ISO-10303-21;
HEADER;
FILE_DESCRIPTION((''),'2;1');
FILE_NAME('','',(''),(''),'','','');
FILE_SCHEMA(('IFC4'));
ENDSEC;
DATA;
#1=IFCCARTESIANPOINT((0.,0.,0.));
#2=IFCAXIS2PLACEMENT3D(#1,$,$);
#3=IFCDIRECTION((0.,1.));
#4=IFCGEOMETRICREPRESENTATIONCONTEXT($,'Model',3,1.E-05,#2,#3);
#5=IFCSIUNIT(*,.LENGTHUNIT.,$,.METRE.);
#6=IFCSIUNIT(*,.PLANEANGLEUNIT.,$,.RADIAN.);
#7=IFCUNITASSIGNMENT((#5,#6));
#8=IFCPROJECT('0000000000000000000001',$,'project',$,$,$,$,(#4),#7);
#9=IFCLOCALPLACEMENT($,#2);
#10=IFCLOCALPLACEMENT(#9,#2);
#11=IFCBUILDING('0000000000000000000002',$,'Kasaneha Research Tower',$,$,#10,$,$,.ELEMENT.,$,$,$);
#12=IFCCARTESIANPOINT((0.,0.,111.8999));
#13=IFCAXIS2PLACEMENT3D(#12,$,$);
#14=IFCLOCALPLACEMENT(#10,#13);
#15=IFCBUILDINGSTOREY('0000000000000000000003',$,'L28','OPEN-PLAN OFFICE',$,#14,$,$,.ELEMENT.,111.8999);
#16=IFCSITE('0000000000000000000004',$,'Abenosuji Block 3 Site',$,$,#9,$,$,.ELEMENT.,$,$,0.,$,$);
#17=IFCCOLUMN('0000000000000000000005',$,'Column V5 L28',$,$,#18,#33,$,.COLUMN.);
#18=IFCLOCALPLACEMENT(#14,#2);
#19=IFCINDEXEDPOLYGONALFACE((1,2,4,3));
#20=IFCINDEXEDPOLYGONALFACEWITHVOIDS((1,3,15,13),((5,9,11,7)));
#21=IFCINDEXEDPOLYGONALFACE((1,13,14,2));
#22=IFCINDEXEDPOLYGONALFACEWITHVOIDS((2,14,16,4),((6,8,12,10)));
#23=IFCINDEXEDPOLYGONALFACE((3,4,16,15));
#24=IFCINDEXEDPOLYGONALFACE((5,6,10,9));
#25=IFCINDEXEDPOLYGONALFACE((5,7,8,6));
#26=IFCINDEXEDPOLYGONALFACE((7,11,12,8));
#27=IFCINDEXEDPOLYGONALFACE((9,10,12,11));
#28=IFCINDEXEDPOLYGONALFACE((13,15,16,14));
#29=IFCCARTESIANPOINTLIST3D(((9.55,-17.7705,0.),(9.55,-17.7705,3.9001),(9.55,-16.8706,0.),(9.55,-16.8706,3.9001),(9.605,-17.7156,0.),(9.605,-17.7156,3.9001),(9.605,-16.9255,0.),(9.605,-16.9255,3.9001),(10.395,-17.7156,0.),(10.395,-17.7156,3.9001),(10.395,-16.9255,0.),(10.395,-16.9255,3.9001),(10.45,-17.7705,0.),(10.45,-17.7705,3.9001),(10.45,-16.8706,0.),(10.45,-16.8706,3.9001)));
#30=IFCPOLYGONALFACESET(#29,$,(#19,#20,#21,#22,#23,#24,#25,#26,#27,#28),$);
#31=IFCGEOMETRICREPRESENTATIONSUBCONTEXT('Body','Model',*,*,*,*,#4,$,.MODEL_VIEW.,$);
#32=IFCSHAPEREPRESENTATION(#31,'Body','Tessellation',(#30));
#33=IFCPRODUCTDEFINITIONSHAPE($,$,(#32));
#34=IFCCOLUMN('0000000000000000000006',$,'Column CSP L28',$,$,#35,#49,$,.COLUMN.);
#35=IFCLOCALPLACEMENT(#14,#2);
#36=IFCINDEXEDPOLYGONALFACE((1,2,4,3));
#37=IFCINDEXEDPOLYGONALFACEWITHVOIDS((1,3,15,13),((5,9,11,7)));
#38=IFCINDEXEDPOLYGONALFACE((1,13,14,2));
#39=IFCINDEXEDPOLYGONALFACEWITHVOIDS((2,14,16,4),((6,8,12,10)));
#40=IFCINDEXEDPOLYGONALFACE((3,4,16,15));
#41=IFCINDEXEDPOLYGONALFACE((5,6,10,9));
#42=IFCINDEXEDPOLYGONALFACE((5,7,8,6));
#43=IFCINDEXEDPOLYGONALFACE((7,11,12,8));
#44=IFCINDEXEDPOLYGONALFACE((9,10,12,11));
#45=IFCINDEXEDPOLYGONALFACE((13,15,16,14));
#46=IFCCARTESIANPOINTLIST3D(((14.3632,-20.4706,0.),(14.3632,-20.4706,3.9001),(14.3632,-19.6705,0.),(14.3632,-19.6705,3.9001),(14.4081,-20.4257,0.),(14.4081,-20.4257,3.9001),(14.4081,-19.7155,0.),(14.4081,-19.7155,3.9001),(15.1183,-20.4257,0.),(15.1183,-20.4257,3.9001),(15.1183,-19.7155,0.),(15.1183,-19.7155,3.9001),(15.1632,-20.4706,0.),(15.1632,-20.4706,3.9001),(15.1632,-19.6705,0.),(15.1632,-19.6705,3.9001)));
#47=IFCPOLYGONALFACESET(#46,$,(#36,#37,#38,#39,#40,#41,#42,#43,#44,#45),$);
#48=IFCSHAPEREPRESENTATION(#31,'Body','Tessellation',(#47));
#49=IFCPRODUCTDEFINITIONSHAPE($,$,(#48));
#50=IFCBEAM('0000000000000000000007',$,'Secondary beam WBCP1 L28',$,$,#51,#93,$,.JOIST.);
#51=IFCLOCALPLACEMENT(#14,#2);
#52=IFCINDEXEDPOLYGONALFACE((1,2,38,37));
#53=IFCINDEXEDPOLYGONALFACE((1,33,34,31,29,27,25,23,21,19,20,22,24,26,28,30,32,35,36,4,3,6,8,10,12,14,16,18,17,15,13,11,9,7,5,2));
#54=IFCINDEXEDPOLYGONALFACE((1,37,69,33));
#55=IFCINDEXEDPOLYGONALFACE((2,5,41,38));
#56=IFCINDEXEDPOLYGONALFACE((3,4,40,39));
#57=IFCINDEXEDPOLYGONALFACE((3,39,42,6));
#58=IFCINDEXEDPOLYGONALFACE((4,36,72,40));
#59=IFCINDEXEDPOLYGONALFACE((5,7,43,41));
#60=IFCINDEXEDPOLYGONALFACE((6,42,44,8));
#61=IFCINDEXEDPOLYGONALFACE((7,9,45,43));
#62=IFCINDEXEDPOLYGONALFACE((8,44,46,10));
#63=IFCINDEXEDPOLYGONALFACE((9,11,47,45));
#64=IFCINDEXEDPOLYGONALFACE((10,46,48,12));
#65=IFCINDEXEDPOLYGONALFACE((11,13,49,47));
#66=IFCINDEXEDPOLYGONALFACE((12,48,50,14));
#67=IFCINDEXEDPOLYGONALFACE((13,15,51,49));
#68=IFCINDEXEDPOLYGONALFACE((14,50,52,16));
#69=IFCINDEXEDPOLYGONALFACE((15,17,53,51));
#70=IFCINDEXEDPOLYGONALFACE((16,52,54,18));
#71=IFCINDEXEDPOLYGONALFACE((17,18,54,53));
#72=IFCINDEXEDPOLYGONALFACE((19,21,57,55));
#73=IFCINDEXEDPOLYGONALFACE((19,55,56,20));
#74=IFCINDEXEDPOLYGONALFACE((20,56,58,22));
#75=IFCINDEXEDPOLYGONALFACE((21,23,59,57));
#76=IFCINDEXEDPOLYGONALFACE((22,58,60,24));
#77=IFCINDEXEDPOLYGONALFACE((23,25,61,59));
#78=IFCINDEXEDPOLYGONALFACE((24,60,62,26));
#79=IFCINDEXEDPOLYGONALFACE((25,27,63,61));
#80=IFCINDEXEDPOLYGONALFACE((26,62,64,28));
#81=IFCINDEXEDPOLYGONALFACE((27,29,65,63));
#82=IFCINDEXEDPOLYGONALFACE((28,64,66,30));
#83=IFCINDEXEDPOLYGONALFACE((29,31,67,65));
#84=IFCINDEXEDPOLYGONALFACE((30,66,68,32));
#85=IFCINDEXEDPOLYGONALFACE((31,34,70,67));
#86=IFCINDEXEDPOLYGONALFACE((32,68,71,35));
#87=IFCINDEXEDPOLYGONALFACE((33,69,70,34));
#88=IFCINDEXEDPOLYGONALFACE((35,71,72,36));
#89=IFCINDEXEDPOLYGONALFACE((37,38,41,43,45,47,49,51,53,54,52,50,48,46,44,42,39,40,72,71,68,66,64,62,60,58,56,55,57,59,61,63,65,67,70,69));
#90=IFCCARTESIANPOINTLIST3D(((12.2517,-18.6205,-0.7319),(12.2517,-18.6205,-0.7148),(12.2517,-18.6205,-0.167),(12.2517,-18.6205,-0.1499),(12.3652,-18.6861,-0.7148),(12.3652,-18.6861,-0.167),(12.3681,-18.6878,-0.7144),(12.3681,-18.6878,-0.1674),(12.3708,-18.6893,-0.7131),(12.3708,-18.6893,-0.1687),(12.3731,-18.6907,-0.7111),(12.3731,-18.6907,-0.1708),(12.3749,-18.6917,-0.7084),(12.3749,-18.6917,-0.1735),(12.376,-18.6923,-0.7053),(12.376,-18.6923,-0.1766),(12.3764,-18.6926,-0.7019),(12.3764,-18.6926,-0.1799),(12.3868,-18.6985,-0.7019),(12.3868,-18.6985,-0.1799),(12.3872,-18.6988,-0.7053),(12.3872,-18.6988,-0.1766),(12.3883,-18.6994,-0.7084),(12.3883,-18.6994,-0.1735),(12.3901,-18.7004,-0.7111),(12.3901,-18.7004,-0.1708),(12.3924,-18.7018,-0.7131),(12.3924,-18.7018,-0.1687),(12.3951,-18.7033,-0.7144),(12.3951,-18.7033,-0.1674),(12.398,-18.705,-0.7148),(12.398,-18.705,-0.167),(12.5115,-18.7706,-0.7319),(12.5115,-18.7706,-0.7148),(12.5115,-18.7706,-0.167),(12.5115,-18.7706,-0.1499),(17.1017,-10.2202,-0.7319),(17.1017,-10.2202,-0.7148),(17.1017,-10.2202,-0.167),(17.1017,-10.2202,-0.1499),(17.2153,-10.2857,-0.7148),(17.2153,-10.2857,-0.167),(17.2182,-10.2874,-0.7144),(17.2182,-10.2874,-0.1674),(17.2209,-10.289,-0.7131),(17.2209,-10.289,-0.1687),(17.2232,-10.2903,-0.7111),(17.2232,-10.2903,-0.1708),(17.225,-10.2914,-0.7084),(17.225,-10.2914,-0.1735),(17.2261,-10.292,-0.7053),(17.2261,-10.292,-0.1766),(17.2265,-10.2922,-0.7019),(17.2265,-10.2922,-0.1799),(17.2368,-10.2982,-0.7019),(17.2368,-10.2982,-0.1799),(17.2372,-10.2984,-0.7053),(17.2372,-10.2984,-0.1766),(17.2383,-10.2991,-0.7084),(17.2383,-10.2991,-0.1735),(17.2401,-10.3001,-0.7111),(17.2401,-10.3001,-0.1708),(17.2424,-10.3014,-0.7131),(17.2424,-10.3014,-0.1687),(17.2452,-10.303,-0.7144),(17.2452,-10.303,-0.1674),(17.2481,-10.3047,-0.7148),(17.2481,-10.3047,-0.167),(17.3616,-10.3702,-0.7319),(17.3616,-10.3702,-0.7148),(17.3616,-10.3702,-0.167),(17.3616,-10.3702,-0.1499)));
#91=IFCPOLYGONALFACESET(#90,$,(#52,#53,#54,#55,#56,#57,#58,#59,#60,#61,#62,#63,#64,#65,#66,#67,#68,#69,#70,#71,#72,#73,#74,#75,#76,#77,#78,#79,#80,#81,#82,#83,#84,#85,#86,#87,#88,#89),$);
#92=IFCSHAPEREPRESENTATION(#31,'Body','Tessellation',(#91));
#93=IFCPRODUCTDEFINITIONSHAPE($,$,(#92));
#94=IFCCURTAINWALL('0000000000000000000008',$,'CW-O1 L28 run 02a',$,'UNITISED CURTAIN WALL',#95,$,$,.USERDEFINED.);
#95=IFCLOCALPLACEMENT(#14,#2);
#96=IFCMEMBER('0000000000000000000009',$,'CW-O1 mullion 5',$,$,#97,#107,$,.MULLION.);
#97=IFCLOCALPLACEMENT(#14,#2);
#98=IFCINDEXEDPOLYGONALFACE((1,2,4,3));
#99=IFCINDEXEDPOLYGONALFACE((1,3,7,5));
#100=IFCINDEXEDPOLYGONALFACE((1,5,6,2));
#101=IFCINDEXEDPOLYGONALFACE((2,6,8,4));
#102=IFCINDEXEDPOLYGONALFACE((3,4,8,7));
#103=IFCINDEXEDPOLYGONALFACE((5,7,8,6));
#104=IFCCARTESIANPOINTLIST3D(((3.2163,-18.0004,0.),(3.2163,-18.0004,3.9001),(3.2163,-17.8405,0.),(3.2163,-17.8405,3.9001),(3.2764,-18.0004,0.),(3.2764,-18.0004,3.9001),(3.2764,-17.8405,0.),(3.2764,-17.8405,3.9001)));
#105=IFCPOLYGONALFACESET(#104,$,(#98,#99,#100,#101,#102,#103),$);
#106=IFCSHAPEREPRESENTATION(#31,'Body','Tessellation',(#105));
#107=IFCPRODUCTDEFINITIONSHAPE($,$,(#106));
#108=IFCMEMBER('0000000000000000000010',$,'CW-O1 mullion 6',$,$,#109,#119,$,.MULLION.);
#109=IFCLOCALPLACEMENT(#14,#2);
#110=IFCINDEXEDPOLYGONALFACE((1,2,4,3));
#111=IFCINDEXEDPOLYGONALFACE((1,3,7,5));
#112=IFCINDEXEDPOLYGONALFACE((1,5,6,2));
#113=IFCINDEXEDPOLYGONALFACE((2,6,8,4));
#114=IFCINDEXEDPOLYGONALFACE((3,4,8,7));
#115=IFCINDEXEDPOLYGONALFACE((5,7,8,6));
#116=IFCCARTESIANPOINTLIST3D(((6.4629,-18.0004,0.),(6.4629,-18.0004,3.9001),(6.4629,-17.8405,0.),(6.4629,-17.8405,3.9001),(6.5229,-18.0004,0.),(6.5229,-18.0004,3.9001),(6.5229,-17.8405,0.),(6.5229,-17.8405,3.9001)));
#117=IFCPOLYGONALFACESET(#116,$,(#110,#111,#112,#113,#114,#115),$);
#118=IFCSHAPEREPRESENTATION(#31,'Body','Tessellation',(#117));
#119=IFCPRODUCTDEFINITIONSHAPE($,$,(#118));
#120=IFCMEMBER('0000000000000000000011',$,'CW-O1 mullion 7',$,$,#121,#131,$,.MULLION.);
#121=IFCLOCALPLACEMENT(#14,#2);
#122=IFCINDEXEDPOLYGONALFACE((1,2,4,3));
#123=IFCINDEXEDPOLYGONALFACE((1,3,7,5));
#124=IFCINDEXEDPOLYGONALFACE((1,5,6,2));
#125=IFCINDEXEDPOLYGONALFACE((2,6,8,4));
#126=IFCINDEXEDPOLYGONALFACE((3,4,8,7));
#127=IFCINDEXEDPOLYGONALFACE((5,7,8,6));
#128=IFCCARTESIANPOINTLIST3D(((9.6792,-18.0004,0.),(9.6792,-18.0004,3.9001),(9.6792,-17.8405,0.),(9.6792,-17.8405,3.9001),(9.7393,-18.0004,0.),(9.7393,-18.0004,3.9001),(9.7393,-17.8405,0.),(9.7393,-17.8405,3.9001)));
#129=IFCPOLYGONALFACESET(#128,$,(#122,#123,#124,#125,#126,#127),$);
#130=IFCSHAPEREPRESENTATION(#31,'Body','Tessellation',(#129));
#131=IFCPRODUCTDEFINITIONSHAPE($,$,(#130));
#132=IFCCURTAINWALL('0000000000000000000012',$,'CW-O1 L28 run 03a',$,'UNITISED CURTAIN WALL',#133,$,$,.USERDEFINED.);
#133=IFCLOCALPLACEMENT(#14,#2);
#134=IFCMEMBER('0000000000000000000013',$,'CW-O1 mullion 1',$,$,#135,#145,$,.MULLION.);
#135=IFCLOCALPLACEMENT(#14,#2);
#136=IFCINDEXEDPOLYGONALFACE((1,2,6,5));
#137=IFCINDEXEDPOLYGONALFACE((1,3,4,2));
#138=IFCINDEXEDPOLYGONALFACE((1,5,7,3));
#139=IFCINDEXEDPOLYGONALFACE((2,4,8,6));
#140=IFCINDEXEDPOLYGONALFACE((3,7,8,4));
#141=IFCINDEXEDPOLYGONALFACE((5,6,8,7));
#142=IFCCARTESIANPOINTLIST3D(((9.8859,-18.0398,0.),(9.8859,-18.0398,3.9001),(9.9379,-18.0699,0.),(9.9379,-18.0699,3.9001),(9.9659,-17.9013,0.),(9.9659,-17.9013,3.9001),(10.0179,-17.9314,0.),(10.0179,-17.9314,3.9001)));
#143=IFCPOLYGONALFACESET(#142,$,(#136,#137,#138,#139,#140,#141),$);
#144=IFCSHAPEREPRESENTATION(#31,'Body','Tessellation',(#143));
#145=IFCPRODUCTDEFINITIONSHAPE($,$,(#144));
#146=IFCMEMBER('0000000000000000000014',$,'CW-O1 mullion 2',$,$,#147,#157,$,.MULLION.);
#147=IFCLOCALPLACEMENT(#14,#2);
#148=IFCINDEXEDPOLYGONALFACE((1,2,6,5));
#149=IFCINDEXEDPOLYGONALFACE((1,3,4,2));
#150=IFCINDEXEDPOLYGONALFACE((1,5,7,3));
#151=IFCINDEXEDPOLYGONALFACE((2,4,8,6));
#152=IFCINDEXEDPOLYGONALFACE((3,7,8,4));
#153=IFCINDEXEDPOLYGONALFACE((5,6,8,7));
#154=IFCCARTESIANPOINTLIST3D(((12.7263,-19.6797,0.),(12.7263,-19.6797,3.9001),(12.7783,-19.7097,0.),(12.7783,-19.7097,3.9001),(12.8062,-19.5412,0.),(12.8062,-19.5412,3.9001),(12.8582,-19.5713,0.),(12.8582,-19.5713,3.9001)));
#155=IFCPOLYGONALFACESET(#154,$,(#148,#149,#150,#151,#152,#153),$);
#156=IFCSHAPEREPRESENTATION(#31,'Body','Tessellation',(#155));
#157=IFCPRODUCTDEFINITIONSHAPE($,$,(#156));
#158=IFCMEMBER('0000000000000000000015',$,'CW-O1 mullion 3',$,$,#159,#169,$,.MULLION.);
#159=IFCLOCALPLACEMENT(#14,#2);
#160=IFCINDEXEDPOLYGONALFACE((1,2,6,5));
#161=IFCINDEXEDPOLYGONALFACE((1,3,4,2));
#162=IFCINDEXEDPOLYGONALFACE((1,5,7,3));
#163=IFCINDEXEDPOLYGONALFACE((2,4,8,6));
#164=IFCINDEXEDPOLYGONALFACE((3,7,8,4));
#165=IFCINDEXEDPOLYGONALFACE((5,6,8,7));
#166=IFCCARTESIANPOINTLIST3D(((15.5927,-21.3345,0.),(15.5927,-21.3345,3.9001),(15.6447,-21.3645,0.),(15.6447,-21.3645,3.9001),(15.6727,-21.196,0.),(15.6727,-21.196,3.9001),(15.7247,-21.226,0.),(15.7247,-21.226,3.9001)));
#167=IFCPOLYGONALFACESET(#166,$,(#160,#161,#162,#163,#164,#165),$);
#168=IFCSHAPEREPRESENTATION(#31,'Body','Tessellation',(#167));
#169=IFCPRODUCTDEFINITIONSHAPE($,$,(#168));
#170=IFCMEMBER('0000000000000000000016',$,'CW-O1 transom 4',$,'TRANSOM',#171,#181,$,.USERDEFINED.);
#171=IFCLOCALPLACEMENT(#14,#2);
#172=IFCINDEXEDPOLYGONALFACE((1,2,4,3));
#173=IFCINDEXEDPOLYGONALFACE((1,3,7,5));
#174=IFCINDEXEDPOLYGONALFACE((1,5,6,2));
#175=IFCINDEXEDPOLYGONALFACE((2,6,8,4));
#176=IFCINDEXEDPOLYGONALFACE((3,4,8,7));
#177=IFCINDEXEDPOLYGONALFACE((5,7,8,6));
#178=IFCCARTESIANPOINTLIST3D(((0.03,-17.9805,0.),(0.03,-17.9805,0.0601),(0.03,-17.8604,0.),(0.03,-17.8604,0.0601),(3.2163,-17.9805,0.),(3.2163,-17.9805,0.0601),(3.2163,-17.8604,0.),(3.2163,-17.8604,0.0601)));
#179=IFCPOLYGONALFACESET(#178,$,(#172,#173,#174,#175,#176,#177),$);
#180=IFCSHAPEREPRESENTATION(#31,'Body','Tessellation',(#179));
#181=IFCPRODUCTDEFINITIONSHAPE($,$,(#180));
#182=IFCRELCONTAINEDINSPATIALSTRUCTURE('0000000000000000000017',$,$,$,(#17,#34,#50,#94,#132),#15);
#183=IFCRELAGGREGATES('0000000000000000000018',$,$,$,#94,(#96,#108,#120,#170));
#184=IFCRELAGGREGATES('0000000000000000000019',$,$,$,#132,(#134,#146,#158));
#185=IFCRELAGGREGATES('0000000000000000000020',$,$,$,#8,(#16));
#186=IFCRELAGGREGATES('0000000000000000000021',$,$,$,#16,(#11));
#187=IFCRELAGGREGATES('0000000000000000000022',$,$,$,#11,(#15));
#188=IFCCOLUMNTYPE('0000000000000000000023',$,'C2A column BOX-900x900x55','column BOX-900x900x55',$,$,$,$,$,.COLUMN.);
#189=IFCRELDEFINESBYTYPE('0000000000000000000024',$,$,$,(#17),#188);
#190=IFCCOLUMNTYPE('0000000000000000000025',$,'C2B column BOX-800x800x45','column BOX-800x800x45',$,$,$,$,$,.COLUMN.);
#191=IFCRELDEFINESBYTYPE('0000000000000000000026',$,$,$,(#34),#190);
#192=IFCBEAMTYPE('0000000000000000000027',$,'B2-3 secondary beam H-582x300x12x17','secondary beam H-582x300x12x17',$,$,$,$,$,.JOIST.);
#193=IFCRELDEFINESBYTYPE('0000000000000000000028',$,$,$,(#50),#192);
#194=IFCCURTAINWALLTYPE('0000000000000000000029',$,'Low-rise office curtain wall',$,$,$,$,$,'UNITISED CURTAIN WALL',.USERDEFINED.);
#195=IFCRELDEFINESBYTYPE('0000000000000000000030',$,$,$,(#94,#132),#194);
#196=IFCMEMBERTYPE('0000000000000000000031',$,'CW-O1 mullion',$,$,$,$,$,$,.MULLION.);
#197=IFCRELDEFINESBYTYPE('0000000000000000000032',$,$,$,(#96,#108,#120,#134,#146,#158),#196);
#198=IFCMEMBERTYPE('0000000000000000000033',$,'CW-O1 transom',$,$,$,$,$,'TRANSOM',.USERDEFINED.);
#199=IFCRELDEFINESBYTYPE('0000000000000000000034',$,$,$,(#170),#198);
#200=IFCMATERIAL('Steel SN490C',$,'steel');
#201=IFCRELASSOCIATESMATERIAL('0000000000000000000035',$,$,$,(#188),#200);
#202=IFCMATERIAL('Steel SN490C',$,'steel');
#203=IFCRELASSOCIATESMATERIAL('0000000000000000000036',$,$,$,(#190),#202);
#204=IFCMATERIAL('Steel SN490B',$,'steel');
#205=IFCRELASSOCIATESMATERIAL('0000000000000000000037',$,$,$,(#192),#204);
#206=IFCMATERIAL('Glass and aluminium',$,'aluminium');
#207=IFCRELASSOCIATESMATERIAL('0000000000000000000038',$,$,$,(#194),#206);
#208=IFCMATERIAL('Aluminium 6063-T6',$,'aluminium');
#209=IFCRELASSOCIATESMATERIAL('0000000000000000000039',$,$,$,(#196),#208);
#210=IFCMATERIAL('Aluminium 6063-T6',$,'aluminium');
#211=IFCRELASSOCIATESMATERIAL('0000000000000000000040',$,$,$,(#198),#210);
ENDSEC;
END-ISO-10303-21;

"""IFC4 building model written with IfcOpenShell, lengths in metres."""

from ifc_helpers import new_model, si_unit, direction, frame, origin, origin_2d, place, context, subcontext, project, spatial, rectangle, hollow_rectangle, i_section, extrude, material, material_profile, profile_set, type_object, element, aggregate, save


model = new_model("IFC4")

# Units and contexts
model_context = context("Model", 3, precision=1e-05, world=origin(), true_north=direction((0.0, 1.0)))
body_context = subcontext(model_context, "Body", "Model", "MODEL_VIEW")
ifc_project = project(units=[si_unit("LENGTHUNIT", "METRE"), si_unit("PLANEANGLEUNIT", "RADIAN")], contexts=[model_context])

# Site, building, storey
site_placement = place(None, origin())
site = spatial("IfcSite", under=ifc_project, at=site_placement, Name="Abenosuji Block 3 Site", CompositionType="ELEMENT", RefElevation=0.0)
building_placement = place(site_placement, origin())
building = spatial("IfcBuilding", under=site, at=building_placement, Name="Kasaneha Research Tower", CompositionType="ELEMENT")
storey_placement = place(building_placement, frame((0.0, 0.0, 111.8999)))
storey = spatial("IfcBuildingStorey", under=building, at=storey_placement, Name="L28", Description="OPEN-PLAN OFFICE", CompositionType="ELEMENT", Elevation=111.8999)

# Columns
ifc_material_1 = material(Name="Steel SN490C", Category="steel")
ifc_material_profile_1 = material_profile(ifc_material_1, hollow_rectangle(XDim=0.8999, YDim=0.8999, WallThickness=0.0549, at=origin_2d()), Name="BOX-900x900x55")
ifc_profile_set_1 = profile_set([ifc_material_profile_1], Name="Steel SN490C")
column_type_1 = type_object("IfcColumnType", Name="C2A column BOX-900x900x55", Description="column BOX-900x900x55", PredefinedType="COLUMN", material=ifc_profile_set_1)
column_1_placement = place(storey_placement, frame((10.0, -17.3206, 0.0), z_axis=(0.0, 0.0, 1.0), x_axis=(1.0, 0.0, 0.0)))
element("IfcColumn", 1, at=column_1_placement, inside=storey, type_object=column_type_1, Name="Column V5 L28", PredefinedType="COLUMN", context=body_context, shape_type="SweptSolid", body=[
    extrude(hollow_rectangle(XDim=0.8999, YDim=0.8999, WallThickness=0.0549, at=origin_2d()), origin(), (0.0, 0.0, 1.0), 3.9001),
])
ifc_material_2 = material(Name="Steel SN490C", Category="steel")
ifc_material_profile_2 = material_profile(ifc_material_2, hollow_rectangle(XDim=0.8, YDim=0.8, WallThickness=0.0449, at=origin_2d()), Name="BOX-800x800x45")
ifc_profile_set_2 = profile_set([ifc_material_profile_2], Name="Steel SN490C")
column_type_2 = type_object("IfcColumnType", Name="C2B column BOX-800x800x45", Description="column BOX-800x800x45", PredefinedType="COLUMN", material=ifc_profile_set_2)
column_2_placement = place(storey_placement, frame((14.7632, -20.0706, 0.0), z_axis=(0.0, 0.0, 1.0), x_axis=(1.0, 0.0, 0.0)))
element("IfcColumn", 2, at=column_2_placement, inside=storey, type_object=column_type_2, Name="Column CSP L28", PredefinedType="COLUMN", context=body_context, shape_type="SweptSolid", body=[
    extrude(hollow_rectangle(XDim=0.8, YDim=0.8, WallThickness=0.0449, at=origin_2d()), origin(), (0.0, 0.0, 1.0), 3.9001),
])

# Beam
ifc_material_3 = material(Name="Steel SN490B", Category="steel")
ifc_material_profile_3 = material_profile(ifc_material_3, i_section(OverallWidth=0.3, OverallDepth=0.582, WebThickness=0.012, FlangeThickness=0.0171, FilletRadius=0.0129, at=origin_2d()), Name="H-582x300x12x17")
ifc_profile_set_3 = profile_set([ifc_material_profile_3], Name="Steel SN490B")
beam_type_1 = type_object("IfcBeamType", Name="B2-3 secondary beam H-582x300x12x17", Description="secondary beam H-582x300x12x17", PredefinedType="JOIST", material=ifc_profile_set_3)
beam_1_placement = place(storey_placement, frame((12.3816, -18.6956, -0.4409), z_axis=(0.50001, 0.86602, 0.0), x_axis=(-0.86602, 0.50001, 0.0)))
element("IfcBeam", 3, at=beam_1_placement, inside=storey, type_object=beam_type_1, Name="Secondary beam WBCP1 L28", PredefinedType="JOIST", context=body_context, shape_type="SweptSolid", body=[
    extrude(i_section(OverallWidth=0.3, OverallDepth=0.582, WebThickness=0.012, FlangeThickness=0.0171, FilletRadius=0.0129, at=origin_2d()), origin(), (0.0, 0.0, 1.0), 9.7),
])

# Curtain walls, members
ifc_material_4 = material(Name="Glass and aluminium", Category="aluminium")
curtain_wall_type = type_object("IfcCurtainWallType", Name="Low-rise office curtain wall", ElementType="UNITISED CURTAIN WALL", PredefinedType="USERDEFINED", material=ifc_material_4)
curtain_wall_1_placement = place(storey_placement, origin())
curtain_wall_1 = element("IfcCurtainWall", 4, at=curtain_wall_1_placement, inside=storey, type_object=curtain_wall_type, Name="CW-O1 L28 run 02a", ObjectType="UNITISED CURTAIN WALL", PredefinedType="USERDEFINED")
ifc_material_5 = material(Name="Aluminium 6063-T6", Category="aluminium")
ifc_material_profile_4 = material_profile(ifc_material_5, rectangle(XDim=0.0601, YDim=0.1599, at=origin_2d()), Name="CW-O1 mullion 60x160")
ifc_profile_set_4 = profile_set([ifc_material_profile_4], Name="Aluminium 6063-T6")
member_type_1 = type_object("IfcMemberType", Name="CW-O1 mullion", PredefinedType="MULLION", material=ifc_profile_set_4)
member_1_placement = place(storey_placement, frame((3.2463, -17.9204, 0.0), z_axis=(0.0, 0.0, 1.0), x_axis=(1.0, 0.0, 0.0)))
member_1 = element("IfcMember", 5, at=member_1_placement, type_object=member_type_1, Name="CW-O1 mullion 5", PredefinedType="MULLION", context=body_context, shape_type="SweptSolid", body=[
    extrude(rectangle(XDim=0.0601, YDim=0.1599, at=origin_2d()), origin(), (0.0, 0.0, 1.0), 3.9001),
])
member_2_placement = place(storey_placement, frame((6.4929, -17.9204, 0.0), z_axis=(0.0, 0.0, 1.0), x_axis=(1.0, 0.0, 0.0)))
member_2 = element("IfcMember", 6, at=member_2_placement, type_object=member_type_1, Name="CW-O1 mullion 6", PredefinedType="MULLION", context=body_context, shape_type="SweptSolid", body=[
    extrude(rectangle(XDim=0.0601, YDim=0.1599, at=origin_2d()), origin(), (0.0, 0.0, 1.0), 3.9001),
])
member_3_placement = place(storey_placement, frame((9.7092, -17.9204, 0.0), z_axis=(0.0, 0.0, 1.0), x_axis=(1.0, 0.0, 0.0)))
member_3 = element("IfcMember", 7, at=member_3_placement, type_object=member_type_1, Name="CW-O1 mullion 7", PredefinedType="MULLION", context=body_context, shape_type="SweptSolid", body=[
    extrude(rectangle(XDim=0.0601, YDim=0.1599, at=origin_2d()), origin(), (0.0, 0.0, 1.0), 3.9001),
])
curtain_wall_2_placement = place(storey_placement, origin())
curtain_wall_2 = element("IfcCurtainWall", 8, at=curtain_wall_2_placement, inside=storey, type_object=curtain_wall_type, Name="CW-O1 L28 run 03a", ObjectType="UNITISED CURTAIN WALL", PredefinedType="USERDEFINED")
member_4_placement = place(storey_placement, frame((9.9519, -17.9856, 0.0), z_axis=(0.0, 0.0, 1.0), x_axis=(0.866025, -0.5, 0.0)))
member_4 = element("IfcMember", 9, at=member_4_placement, type_object=member_type_1, Name="CW-O1 mullion 1", PredefinedType="MULLION", context=body_context, shape_type="SweptSolid", body=[
    extrude(rectangle(XDim=0.0601, YDim=0.1599, at=origin_2d()), origin(), (0.0, 0.0, 1.0), 3.9001),
])
member_5_placement = place(storey_placement, frame((12.7922, -19.6255, 0.0), z_axis=(0.0, 0.0, 1.0), x_axis=(0.866025, -0.5, 0.0)))
member_5 = element("IfcMember", 10, at=member_5_placement, type_object=member_type_1, Name="CW-O1 mullion 2", PredefinedType="MULLION", context=body_context, shape_type="SweptSolid", body=[
    extrude(rectangle(XDim=0.0601, YDim=0.1599, at=origin_2d()), origin(), (0.0, 0.0, 1.0), 3.9001),
])
member_6_placement = place(storey_placement, frame((15.6587, -21.2803, 0.0), z_axis=(0.0, 0.0, 1.0), x_axis=(0.866025, -0.5, 0.0)))
member_6 = element("IfcMember", 11, at=member_6_placement, type_object=member_type_1, Name="CW-O1 mullion 3", PredefinedType="MULLION", context=body_context, shape_type="SweptSolid", body=[
    extrude(rectangle(XDim=0.0601, YDim=0.1599, at=origin_2d()), origin(), (0.0, 0.0, 1.0), 3.9001),
])

# Member
ifc_material_6 = material(Name="Aluminium 6063-T6", Category="aluminium")
ifc_material_profile_5 = material_profile(ifc_material_6, rectangle(XDim=0.1201, YDim=0.0601, at=origin_2d()), Name="CW-O1 transom 120x60")
ifc_profile_set_5 = profile_set([ifc_material_profile_5], Name="Aluminium 6063-T6")
member_type_2 = type_object("IfcMemberType", Name="CW-O1 transom", ElementType="TRANSOM", PredefinedType="USERDEFINED", material=ifc_profile_set_5)
member_7_placement = place(storey_placement, frame((0.03, -17.9204, 0.03), z_axis=(1.0, 0.0, 0.0), x_axis=(0.0, 1.0, 0.0)))
member_7 = element("IfcMember", 12, at=member_7_placement, type_object=member_type_2, Name="CW-O1 transom 4", ObjectType="TRANSOM", PredefinedType="USERDEFINED", context=body_context, shape_type="SweptSolid", body=[
    extrude(rectangle(XDim=0.1201, YDim=0.0601, at=origin_2d()), origin(), (0.0, 0.0, 1.0), 3.1863),
])

aggregate(curtain_wall_1, [member_1, member_2, member_3, member_7])
aggregate(curtain_wall_2, [member_4, member_5, member_6])

save(model, "model.ifc")
